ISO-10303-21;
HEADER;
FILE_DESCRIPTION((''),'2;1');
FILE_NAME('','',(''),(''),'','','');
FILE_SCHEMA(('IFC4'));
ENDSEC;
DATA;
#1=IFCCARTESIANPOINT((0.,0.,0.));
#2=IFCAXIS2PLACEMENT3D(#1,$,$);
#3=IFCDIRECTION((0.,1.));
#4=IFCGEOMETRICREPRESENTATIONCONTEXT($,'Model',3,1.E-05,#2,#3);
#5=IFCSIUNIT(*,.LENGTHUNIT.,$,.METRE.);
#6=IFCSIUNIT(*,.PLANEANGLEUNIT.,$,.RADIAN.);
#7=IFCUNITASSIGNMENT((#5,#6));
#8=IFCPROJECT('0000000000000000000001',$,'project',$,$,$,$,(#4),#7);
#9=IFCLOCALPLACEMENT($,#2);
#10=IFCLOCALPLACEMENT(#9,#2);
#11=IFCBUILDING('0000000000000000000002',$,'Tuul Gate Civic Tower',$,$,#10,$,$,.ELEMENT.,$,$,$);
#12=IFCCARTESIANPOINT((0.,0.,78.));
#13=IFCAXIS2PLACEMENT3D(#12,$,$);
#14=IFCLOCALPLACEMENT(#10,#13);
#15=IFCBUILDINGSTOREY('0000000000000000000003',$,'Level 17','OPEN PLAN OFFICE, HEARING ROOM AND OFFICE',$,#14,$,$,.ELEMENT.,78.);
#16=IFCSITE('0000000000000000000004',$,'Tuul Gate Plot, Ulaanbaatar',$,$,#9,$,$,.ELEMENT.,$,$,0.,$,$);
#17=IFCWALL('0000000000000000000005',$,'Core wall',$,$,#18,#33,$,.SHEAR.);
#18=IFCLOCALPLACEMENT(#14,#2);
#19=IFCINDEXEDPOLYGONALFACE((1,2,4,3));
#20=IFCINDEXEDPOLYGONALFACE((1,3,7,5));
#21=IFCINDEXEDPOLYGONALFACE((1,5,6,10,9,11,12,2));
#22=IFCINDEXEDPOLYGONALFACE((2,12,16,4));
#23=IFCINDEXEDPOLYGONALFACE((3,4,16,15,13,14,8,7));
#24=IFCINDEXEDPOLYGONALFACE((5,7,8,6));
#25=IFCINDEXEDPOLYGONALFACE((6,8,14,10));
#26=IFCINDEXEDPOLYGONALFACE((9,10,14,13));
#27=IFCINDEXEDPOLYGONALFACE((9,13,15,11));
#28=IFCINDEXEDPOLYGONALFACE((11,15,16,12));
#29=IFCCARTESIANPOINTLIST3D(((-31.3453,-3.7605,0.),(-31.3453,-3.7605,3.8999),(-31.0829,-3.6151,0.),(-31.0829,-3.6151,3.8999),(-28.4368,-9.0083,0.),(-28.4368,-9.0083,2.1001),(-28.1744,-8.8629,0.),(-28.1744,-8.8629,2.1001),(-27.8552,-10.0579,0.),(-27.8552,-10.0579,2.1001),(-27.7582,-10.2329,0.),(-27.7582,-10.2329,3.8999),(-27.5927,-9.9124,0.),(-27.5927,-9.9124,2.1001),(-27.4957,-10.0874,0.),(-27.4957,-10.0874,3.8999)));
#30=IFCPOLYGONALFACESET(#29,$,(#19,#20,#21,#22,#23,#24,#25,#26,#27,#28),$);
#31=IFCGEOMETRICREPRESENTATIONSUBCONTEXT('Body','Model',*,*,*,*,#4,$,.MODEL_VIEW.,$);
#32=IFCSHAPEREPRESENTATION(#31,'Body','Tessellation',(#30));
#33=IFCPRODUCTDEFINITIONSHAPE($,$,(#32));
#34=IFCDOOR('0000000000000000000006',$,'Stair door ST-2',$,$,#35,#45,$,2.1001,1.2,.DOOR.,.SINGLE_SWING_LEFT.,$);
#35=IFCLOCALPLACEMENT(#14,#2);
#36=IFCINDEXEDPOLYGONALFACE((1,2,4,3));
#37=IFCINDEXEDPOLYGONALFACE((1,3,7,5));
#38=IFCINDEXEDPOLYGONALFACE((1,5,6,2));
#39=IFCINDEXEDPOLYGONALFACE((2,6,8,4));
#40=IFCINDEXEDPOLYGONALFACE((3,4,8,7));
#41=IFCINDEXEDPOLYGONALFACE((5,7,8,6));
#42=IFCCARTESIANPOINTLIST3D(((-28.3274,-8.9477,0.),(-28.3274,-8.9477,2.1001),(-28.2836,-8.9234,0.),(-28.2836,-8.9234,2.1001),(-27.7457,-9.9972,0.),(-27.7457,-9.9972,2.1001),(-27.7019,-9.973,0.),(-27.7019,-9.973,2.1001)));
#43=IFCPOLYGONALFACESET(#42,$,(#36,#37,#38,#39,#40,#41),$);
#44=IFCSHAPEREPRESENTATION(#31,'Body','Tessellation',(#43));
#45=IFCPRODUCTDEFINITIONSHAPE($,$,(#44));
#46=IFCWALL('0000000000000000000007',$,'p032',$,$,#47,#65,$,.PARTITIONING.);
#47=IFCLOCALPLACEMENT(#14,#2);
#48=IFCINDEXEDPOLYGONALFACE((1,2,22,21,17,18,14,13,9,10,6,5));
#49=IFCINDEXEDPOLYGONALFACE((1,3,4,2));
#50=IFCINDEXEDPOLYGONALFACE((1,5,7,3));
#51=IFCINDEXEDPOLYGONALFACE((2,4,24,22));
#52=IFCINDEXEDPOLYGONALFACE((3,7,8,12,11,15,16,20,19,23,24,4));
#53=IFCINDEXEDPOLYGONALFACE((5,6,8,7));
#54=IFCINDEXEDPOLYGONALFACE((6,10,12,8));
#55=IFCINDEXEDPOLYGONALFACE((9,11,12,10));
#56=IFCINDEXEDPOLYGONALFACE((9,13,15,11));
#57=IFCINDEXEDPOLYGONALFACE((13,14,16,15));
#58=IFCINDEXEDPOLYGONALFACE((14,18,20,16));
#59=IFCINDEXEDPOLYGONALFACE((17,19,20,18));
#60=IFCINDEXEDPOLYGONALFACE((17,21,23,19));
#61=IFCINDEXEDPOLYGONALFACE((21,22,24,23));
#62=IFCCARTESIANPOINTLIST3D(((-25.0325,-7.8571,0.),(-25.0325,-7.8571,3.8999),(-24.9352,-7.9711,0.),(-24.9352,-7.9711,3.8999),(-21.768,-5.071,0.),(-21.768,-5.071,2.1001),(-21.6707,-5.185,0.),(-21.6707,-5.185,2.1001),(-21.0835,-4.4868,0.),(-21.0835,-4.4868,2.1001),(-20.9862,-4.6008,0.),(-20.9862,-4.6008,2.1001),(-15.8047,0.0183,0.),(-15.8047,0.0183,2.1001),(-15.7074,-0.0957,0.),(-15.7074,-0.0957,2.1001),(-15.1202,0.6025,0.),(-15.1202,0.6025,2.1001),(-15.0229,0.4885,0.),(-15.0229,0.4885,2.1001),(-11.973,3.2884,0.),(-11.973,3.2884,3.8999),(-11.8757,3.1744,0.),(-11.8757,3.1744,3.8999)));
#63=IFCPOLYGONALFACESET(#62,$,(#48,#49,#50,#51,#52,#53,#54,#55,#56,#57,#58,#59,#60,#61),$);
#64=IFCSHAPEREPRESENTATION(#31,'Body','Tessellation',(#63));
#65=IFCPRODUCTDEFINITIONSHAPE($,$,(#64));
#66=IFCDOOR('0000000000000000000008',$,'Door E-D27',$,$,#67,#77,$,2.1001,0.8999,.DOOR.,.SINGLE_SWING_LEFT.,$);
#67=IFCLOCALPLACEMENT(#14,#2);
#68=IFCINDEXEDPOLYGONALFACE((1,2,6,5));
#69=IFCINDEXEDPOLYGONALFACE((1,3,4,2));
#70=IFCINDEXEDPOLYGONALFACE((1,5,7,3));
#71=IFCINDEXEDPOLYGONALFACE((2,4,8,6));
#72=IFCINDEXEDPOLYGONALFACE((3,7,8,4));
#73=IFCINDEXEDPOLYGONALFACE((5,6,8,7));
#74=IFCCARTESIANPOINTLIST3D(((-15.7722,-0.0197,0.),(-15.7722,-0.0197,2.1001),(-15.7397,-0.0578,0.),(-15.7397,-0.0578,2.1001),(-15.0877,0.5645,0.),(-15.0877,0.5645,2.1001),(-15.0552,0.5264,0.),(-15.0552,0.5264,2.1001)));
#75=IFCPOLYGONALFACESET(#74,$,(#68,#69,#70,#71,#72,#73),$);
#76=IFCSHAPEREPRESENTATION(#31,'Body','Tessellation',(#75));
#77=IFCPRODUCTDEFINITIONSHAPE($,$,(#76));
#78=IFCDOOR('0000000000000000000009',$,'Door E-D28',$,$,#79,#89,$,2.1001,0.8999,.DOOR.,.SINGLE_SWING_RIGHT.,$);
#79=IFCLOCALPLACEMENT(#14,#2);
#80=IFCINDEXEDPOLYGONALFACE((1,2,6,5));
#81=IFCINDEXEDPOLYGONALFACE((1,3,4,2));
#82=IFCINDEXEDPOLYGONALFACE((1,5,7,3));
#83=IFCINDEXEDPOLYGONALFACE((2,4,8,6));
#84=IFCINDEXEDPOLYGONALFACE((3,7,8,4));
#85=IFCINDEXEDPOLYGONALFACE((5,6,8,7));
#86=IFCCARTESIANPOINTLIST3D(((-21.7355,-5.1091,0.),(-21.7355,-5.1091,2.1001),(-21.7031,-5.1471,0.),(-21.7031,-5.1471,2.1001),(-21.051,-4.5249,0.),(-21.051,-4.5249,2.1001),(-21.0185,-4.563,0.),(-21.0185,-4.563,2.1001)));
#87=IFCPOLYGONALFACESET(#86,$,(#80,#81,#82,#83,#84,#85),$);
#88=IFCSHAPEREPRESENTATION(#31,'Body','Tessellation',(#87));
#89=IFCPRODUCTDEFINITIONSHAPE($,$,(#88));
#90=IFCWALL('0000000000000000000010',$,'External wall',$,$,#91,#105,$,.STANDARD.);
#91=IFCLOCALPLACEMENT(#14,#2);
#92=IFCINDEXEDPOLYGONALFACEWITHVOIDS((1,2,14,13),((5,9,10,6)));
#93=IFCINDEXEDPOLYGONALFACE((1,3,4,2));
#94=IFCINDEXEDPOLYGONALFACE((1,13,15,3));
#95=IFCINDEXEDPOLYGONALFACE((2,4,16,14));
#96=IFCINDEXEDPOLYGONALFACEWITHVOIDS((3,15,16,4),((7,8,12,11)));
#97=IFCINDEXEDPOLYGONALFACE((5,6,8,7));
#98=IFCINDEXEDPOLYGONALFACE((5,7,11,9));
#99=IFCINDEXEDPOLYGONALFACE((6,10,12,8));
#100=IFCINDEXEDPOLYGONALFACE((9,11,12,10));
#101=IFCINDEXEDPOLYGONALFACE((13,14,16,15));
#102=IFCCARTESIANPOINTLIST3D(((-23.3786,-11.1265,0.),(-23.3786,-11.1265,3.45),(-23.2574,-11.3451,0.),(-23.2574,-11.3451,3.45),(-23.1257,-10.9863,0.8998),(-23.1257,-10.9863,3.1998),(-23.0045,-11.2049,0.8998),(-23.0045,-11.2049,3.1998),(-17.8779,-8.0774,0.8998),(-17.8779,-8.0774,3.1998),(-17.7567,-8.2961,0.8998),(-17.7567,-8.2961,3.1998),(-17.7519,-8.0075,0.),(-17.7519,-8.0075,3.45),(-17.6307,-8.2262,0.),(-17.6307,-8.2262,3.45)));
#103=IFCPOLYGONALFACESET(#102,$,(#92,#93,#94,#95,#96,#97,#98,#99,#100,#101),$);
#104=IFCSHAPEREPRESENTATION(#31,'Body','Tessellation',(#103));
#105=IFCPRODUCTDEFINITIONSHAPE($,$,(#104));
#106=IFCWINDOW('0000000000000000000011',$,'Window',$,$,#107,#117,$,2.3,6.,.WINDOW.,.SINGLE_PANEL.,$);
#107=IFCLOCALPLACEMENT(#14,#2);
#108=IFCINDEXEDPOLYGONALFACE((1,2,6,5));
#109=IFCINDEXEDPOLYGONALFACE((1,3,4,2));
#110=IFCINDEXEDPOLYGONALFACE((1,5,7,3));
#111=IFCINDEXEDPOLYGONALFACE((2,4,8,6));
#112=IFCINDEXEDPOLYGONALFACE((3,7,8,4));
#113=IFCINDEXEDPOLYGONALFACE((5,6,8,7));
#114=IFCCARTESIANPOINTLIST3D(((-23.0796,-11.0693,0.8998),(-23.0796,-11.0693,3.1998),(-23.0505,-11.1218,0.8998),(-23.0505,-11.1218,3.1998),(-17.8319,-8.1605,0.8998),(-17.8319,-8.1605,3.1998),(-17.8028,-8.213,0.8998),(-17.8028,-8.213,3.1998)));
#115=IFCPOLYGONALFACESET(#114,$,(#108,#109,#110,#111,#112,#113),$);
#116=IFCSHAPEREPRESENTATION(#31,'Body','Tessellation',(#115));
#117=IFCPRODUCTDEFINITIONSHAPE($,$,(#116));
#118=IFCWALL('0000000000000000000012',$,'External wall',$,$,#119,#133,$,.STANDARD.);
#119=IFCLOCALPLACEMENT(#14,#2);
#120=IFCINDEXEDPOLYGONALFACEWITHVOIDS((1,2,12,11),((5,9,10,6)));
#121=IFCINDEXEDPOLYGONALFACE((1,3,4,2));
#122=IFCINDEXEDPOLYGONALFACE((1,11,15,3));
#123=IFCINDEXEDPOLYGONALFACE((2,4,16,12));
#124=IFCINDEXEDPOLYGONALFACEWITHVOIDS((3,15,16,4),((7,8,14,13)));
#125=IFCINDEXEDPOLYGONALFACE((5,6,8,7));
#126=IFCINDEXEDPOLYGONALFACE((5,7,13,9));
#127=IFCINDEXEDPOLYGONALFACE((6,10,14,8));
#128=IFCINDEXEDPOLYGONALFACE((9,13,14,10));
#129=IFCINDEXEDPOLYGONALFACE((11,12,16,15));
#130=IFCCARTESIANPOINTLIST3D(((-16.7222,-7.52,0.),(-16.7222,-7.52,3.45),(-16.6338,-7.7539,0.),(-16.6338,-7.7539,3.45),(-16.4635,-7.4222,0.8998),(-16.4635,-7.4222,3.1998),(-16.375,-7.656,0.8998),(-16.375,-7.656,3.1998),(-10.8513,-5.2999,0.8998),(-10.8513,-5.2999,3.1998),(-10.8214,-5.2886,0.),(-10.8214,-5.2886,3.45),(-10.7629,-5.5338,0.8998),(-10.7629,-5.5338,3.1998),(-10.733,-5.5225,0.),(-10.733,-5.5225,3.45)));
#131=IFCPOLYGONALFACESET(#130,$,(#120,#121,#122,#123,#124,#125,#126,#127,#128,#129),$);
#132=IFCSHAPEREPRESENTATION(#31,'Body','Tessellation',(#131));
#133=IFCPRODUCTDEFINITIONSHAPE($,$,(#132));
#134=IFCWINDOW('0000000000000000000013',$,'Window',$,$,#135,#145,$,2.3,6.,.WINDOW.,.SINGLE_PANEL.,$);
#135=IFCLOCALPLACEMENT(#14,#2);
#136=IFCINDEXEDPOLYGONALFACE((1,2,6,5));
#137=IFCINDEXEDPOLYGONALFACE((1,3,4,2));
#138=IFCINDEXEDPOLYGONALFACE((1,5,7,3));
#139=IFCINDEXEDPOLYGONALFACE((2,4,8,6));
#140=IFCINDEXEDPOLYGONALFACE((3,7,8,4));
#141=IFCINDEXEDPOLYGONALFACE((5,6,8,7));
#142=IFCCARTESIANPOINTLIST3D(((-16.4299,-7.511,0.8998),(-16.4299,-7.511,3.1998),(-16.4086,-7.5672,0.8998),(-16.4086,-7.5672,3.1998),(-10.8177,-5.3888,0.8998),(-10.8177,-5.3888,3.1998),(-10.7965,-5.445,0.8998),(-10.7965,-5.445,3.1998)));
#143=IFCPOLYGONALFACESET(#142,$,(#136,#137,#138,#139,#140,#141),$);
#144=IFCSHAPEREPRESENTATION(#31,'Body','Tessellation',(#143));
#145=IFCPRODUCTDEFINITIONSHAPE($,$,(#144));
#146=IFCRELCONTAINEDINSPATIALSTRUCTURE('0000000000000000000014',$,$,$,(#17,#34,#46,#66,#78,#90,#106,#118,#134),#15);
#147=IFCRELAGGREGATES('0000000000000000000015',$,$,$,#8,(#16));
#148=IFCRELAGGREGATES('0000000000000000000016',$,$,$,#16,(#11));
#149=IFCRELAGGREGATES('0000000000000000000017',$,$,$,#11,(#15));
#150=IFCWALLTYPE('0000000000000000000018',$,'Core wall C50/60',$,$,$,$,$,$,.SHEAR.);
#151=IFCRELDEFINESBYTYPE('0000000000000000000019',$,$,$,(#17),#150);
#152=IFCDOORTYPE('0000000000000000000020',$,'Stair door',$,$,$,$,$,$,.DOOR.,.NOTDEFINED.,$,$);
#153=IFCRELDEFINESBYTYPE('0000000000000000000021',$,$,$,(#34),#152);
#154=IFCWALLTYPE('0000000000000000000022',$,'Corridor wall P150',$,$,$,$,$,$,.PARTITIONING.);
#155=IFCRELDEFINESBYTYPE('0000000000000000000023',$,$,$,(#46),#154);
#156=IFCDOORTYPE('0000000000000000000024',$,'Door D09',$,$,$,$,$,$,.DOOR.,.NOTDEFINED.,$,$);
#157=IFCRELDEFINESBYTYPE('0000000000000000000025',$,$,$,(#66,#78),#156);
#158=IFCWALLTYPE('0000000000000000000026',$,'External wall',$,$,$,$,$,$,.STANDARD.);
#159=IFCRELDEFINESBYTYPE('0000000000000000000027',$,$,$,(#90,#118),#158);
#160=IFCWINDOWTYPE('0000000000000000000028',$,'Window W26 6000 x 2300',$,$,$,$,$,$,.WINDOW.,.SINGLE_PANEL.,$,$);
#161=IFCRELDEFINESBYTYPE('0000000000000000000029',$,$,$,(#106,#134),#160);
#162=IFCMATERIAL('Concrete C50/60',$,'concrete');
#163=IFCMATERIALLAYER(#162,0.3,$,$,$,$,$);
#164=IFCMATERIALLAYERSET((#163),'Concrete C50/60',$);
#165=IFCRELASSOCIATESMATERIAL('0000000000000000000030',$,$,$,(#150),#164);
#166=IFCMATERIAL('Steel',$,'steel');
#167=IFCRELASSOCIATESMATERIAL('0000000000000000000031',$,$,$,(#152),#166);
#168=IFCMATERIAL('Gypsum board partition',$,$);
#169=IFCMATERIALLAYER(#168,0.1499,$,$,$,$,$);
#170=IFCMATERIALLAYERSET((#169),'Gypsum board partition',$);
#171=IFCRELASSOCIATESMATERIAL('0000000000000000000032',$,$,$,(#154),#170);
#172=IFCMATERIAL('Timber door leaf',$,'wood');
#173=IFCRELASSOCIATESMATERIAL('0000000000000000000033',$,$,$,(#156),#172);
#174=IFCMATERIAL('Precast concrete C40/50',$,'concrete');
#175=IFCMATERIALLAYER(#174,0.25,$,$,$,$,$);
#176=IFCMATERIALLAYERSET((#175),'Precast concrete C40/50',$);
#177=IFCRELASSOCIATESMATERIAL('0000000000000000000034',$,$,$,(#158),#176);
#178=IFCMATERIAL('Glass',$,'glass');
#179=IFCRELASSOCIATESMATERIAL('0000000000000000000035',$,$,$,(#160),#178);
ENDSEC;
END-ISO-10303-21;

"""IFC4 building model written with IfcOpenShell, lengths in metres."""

from ifc_helpers import new_model, si_unit, direction, frame, frame_2d, origin, place, context, subcontext, project, spatial, rectangle, extrude, material, layer, layer_set, type_object, element, fill, save


model = new_model("IFC4")

# Units and contexts
model_context = context("Model", 3, precision=1e-05, world=origin(), true_north=direction((0.0, 1.0)))
body_context = subcontext(model_context, "Body", "Model", "MODEL_VIEW")
ifc_project = project(units=[si_unit("LENGTHUNIT", "METRE"), si_unit("PLANEANGLEUNIT", "RADIAN")], contexts=[model_context])

# Site, building, storey
site_placement = place(None, origin())
site = spatial("IfcSite", under=ifc_project, at=site_placement, Name="Tuul Gate Plot, Ulaanbaatar", CompositionType="ELEMENT", RefElevation=0.0)
building_placement = place(site_placement, origin())
building = spatial("IfcBuilding", under=site, at=building_placement, Name="Tuul Gate Civic Tower", CompositionType="ELEMENT")
storey_placement = place(building_placement, frame((0.0, 0.0, 78.0)))
storey = spatial("IfcBuildingStorey", under=building, at=storey_placement, Name="Level 17", Description="OPEN PLAN OFFICE, HEARING ROOM AND OFFICE", CompositionType="ELEMENT", Elevation=78.0)

# Shared definitions
ifc_material_1 = material(Name="Concrete C50/60", Category="concrete")
ifc_layer_1 = layer(ifc_material_1, 0.3)
ifc_layer_set_1 = layer_set([ifc_layer_1], Name="Concrete C50/60")
wall_type_1 = type_object("IfcWallType", Name="Core wall C50/60", PredefinedType="SHEAR", material=ifc_layer_set_1)

# Wall, opening, door
wall_1_placement = place(storey_placement, frame((-27.627, -10.1602, 0.0), z_axis=(0.0, 0.0, 1.0), x_axis=(-0.484752, 0.874652, 0.0)))
wall_1 = element("IfcWall", 1, at=wall_1_placement, inside=storey, type_object=wall_type_1, Name="Core wall", PredefinedType="SHEAR", context=body_context, shape_type="SweptSolid", body=[
    extrude(rectangle(XDim=7.3999, YDim=0.3, at=frame_2d((3.7, 0.0))), origin(), (0.0, 0.0, 1.0), 3.8999),
])
opening_1_placement = place(wall_1_placement, frame((0.2, 0.0, 0.0)))
opening_1 = element("IfcOpeningElement", 2, at=opening_1_placement, cuts=wall_1, PredefinedType="OPENING", context=body_context, shape_type="SweptSolid", body=[
    extrude(rectangle(XDim=1.2, YDim=2.1001, at=frame_2d((0.6001, 1.05))), frame((0.0, 0.1602, 0.0), z_axis=(0.0, -1.0, 0.0), x_axis=(1.0, 0.0, 0.0)), (0.0, 0.0, 1.0), 0.3201),
])
ifc_material_2 = material(Name="Steel", Category="steel")
door_type_1 = type_object("IfcDoorType", Name="Stair door", OperationType="NOTDEFINED", PredefinedType="DOOR", material=ifc_material_2)
door_1_placement = place(opening_1_placement, origin())
door_1 = element("IfcDoor", 3, at=door_1_placement, inside=storey, type_object=door_type_1, Name="Stair door ST-2", OperationType="SINGLE_SWING_LEFT", OverallHeight=2.1001, OverallWidth=1.2, PredefinedType="DOOR", context=body_context, shape_type="SweptSolid", body=[
    extrude(rectangle(XDim=1.2, YDim=2.1001, at=frame_2d((0.6001, 1.05))), frame((0.0, 0.0249, 0.0), z_axis=(0.0, -1.0, 0.0), x_axis=(1.0, 0.0, 0.0)), (0.0, 0.0, 1.0), 0.05),
])
fill(opening_1, door_1)

# Wall, openings, doors
ifc_material_3 = material(Name="Gypsum board partition")
ifc_layer_2 = layer(ifc_material_3, 0.1499)
ifc_layer_set_2 = layer_set([ifc_layer_2], Name="Gypsum board partition")
wall_type_2 = type_object("IfcWallType", Name="Corridor wall P150", PredefinedType="PARTITIONING", material=ifc_layer_set_2)
wall_2_placement = place(storey_placement, frame((-24.9839, -7.9141, 0.0), z_axis=(0.0, 0.0, 1.0), x_axis=(0.760648, 0.649164, 0.0)))
wall_2 = element("IfcWall", 4, at=wall_2_placement, inside=storey, type_object=wall_type_2, Name="p032", PredefinedType="PARTITIONING", context=body_context, shape_type="SweptSolid", body=[
    extrude(rectangle(XDim=17.1689, YDim=0.1499, at=frame_2d((8.5845, 0.0))), origin(), (0.0, 0.0, 1.0), 3.8999),
])
opening_2_placement = place(wall_2_placement, frame((12.1316, 0.0, 0.0)))
opening_2 = element("IfcOpeningElement", 5, at=opening_2_placement, cuts=wall_2, PredefinedType="OPENING", context=body_context, shape_type="SweptSolid", body=[
    extrude(rectangle(XDim=0.8999, YDim=2.1001, at=frame_2d((0.45, 1.05))), frame((0.0, 0.085, 0.0), z_axis=(0.0, -1.0, 0.0), x_axis=(1.0, 0.0, 0.0)), (0.0, 0.0, 1.0), 0.1699),
])
opening_3_placement = place(wall_2_placement, frame((4.2917, 0.0, 0.0)))
opening_3 = element("IfcOpeningElement", 6, at=opening_3_placement, cuts=wall_2, PredefinedType="OPENING", context=body_context, shape_type="SweptSolid", body=[
    extrude(rectangle(XDim=0.8999, YDim=2.1001, at=frame_2d((0.45, 1.05))), frame((0.0, 0.085, 0.0), z_axis=(0.0, -1.0, 0.0), x_axis=(1.0, 0.0, 0.0)), (0.0, 0.0, 1.0), 0.1699),
])
ifc_material_4 = material(Name="Timber door leaf", Category="wood")
door_type_2 = type_object("IfcDoorType", Name="Door D09", OperationType="NOTDEFINED", PredefinedType="DOOR", material=ifc_material_4)
door_2_placement = place(opening_2_placement, origin())
door_2 = element("IfcDoor", 7, at=door_2_placement, inside=storey, type_object=door_type_2, Name="Door E-D27", OperationType="SINGLE_SWING_LEFT", OverallHeight=2.1001, OverallWidth=0.8999, PredefinedType="DOOR", context=body_context, shape_type="SweptSolid", body=[
    extrude(rectangle(XDim=0.8999, YDim=2.1001, at=frame_2d((0.45, 1.05))), frame((0.0, 0.0249, 0.0), z_axis=(0.0, -1.0, 0.0), x_axis=(1.0, 0.0, 0.0)), (0.0, 0.0, 1.0), 0.05),
])
fill(opening_2, door_2)
door_3_placement = place(opening_3_placement, origin())
door_3 = element("IfcDoor", 8, at=door_3_placement, inside=storey, type_object=door_type_2, Name="Door E-D28", OperationType="SINGLE_SWING_RIGHT", OverallHeight=2.1001, OverallWidth=0.8999, PredefinedType="DOOR", context=body_context, shape_type="SweptSolid", body=[
    extrude(rectangle(XDim=0.8999, YDim=2.1001, at=frame_2d((0.45, 1.05))), frame((0.0, 0.0249, 0.0), z_axis=(0.0, -1.0, 0.0), x_axis=(1.0, 0.0, 0.0)), (0.0, 0.0, 1.0), 0.05),
])
fill(opening_3, door_3)

# Walls, openings, windows
ifc_material_5 = material(Name="Precast concrete C40/50", Category="concrete")
ifc_layer_3 = layer(ifc_material_5, 0.25)
ifc_layer_set_3 = layer_set([ifc_layer_3], Name="Precast concrete C40/50")
wall_type_3 = type_object("IfcWallType", Name="External wall", PredefinedType="STANDARD", material=ifc_layer_set_3)
wall_3_placement = place(storey_placement, frame((-23.3181, -11.2358, 0.0), z_axis=(0.0, 0.0, 1.0), x_axis=(0.874622, 0.484805, 0.0)))
wall_3 = element("IfcWall", 9, at=wall_3_placement, inside=storey, type_object=wall_type_3, Name="External wall", PredefinedType="STANDARD", context=body_context, shape_type="SweptSolid", body=[
    extrude(rectangle(XDim=6.4333, YDim=0.25, at=frame_2d((3.2168, 0.0))), origin(), (0.0, 0.0, 1.0), 3.45),
])
opening_4_placement = place(wall_3_placement, frame((0.2893, 0.0, 0.8999)))
opening_4 = element("IfcOpeningElement", 10, at=opening_4_placement, cuts=wall_3, PredefinedType="OPENING", context=body_context, shape_type="SweptSolid", body=[
    extrude(rectangle(XDim=6.0, YDim=2.3, at=frame_2d((3.0, 1.1499))), frame((0.0, 0.135, 0.0), z_axis=(0.0, -1.0, 0.0), x_axis=(1.0, 0.0, 0.0)), (0.0, 0.0, 1.0), 0.27),
])
ifc_material_6 = material(Name="Glass", Category="glass")
window_type = type_object("IfcWindowType", Name="Window W26 6000 x 2300", PartitioningType="SINGLE_PANEL", PredefinedType="WINDOW", material=ifc_material_6)
window_1_placement = place(opening_4_placement, origin())
window_1 = element("IfcWindow", 11, at=window_1_placement, inside=storey, type_object=window_type, Name="Window", OverallHeight=2.3, OverallWidth=6.0, PartitioningType="SINGLE_PANEL", PredefinedType="WINDOW", context=body_context, shape_type="SweptSolid", body=[
    extrude(rectangle(XDim=6.0, YDim=2.3, at=frame_2d((3.0, 1.1499))), frame((0.0, 0.03, 0.0), z_axis=(0.0, -1.0, 0.0), x_axis=(1.0, 0.0, 0.0)), (0.0, 0.0, 1.0), 0.0601),
])
fill(opening_4, window_1)
wall_4_placement = place(storey_placement, frame((-16.678, -7.637, 0.0), z_axis=(0.0, 0.0, 1.0), x_axis=(0.935355, 0.353709, 0.0)))
wall_4 = element("IfcWall", 12, at=wall_4_placement, inside=storey, type_object=wall_type_3, Name="External wall", PredefinedType="STANDARD", context=body_context, shape_type="SweptSolid", body=[
    extrude(rectangle(XDim=6.3086, YDim=0.25, at=frame_2d((3.1543, 0.0))), origin(), (0.0, 0.0, 1.0), 3.45),
])
opening_5_placement = place(wall_4_placement, frame((0.2766, 0.0, 0.8999)))
opening_5 = element("IfcOpeningElement", 13, at=opening_5_placement, cuts=wall_4, PredefinedType="OPENING", context=body_context, shape_type="SweptSolid", body=[
    extrude(rectangle(XDim=6.0, YDim=2.3, at=frame_2d((3.0, 1.1499))), frame((0.0, 0.135, 0.0), z_axis=(0.0, -1.0, 0.0), x_axis=(1.0, 0.0, 0.0)), (0.0, 0.0, 1.0), 0.27),
])
window_2_placement = place(opening_5_placement, origin())
window_2 = element("IfcWindow", 14, at=window_2_placement, inside=storey, type_object=window_type, Name="Window", OverallHeight=2.3, OverallWidth=6.0, PartitioningType="SINGLE_PANEL", PredefinedType="WINDOW", context=body_context, shape_type="SweptSolid", body=[
    extrude(rectangle(XDim=6.0, YDim=2.3, at=frame_2d((3.0, 1.1499))), frame((0.0, 0.03, 0.0), z_axis=(0.0, -1.0, 0.0), x_axis=(1.0, 0.0, 0.0)), (0.0, 0.0, 1.0), 0.0601),
])
fill(opening_5, window_2)

save(model, "model.ifc")
